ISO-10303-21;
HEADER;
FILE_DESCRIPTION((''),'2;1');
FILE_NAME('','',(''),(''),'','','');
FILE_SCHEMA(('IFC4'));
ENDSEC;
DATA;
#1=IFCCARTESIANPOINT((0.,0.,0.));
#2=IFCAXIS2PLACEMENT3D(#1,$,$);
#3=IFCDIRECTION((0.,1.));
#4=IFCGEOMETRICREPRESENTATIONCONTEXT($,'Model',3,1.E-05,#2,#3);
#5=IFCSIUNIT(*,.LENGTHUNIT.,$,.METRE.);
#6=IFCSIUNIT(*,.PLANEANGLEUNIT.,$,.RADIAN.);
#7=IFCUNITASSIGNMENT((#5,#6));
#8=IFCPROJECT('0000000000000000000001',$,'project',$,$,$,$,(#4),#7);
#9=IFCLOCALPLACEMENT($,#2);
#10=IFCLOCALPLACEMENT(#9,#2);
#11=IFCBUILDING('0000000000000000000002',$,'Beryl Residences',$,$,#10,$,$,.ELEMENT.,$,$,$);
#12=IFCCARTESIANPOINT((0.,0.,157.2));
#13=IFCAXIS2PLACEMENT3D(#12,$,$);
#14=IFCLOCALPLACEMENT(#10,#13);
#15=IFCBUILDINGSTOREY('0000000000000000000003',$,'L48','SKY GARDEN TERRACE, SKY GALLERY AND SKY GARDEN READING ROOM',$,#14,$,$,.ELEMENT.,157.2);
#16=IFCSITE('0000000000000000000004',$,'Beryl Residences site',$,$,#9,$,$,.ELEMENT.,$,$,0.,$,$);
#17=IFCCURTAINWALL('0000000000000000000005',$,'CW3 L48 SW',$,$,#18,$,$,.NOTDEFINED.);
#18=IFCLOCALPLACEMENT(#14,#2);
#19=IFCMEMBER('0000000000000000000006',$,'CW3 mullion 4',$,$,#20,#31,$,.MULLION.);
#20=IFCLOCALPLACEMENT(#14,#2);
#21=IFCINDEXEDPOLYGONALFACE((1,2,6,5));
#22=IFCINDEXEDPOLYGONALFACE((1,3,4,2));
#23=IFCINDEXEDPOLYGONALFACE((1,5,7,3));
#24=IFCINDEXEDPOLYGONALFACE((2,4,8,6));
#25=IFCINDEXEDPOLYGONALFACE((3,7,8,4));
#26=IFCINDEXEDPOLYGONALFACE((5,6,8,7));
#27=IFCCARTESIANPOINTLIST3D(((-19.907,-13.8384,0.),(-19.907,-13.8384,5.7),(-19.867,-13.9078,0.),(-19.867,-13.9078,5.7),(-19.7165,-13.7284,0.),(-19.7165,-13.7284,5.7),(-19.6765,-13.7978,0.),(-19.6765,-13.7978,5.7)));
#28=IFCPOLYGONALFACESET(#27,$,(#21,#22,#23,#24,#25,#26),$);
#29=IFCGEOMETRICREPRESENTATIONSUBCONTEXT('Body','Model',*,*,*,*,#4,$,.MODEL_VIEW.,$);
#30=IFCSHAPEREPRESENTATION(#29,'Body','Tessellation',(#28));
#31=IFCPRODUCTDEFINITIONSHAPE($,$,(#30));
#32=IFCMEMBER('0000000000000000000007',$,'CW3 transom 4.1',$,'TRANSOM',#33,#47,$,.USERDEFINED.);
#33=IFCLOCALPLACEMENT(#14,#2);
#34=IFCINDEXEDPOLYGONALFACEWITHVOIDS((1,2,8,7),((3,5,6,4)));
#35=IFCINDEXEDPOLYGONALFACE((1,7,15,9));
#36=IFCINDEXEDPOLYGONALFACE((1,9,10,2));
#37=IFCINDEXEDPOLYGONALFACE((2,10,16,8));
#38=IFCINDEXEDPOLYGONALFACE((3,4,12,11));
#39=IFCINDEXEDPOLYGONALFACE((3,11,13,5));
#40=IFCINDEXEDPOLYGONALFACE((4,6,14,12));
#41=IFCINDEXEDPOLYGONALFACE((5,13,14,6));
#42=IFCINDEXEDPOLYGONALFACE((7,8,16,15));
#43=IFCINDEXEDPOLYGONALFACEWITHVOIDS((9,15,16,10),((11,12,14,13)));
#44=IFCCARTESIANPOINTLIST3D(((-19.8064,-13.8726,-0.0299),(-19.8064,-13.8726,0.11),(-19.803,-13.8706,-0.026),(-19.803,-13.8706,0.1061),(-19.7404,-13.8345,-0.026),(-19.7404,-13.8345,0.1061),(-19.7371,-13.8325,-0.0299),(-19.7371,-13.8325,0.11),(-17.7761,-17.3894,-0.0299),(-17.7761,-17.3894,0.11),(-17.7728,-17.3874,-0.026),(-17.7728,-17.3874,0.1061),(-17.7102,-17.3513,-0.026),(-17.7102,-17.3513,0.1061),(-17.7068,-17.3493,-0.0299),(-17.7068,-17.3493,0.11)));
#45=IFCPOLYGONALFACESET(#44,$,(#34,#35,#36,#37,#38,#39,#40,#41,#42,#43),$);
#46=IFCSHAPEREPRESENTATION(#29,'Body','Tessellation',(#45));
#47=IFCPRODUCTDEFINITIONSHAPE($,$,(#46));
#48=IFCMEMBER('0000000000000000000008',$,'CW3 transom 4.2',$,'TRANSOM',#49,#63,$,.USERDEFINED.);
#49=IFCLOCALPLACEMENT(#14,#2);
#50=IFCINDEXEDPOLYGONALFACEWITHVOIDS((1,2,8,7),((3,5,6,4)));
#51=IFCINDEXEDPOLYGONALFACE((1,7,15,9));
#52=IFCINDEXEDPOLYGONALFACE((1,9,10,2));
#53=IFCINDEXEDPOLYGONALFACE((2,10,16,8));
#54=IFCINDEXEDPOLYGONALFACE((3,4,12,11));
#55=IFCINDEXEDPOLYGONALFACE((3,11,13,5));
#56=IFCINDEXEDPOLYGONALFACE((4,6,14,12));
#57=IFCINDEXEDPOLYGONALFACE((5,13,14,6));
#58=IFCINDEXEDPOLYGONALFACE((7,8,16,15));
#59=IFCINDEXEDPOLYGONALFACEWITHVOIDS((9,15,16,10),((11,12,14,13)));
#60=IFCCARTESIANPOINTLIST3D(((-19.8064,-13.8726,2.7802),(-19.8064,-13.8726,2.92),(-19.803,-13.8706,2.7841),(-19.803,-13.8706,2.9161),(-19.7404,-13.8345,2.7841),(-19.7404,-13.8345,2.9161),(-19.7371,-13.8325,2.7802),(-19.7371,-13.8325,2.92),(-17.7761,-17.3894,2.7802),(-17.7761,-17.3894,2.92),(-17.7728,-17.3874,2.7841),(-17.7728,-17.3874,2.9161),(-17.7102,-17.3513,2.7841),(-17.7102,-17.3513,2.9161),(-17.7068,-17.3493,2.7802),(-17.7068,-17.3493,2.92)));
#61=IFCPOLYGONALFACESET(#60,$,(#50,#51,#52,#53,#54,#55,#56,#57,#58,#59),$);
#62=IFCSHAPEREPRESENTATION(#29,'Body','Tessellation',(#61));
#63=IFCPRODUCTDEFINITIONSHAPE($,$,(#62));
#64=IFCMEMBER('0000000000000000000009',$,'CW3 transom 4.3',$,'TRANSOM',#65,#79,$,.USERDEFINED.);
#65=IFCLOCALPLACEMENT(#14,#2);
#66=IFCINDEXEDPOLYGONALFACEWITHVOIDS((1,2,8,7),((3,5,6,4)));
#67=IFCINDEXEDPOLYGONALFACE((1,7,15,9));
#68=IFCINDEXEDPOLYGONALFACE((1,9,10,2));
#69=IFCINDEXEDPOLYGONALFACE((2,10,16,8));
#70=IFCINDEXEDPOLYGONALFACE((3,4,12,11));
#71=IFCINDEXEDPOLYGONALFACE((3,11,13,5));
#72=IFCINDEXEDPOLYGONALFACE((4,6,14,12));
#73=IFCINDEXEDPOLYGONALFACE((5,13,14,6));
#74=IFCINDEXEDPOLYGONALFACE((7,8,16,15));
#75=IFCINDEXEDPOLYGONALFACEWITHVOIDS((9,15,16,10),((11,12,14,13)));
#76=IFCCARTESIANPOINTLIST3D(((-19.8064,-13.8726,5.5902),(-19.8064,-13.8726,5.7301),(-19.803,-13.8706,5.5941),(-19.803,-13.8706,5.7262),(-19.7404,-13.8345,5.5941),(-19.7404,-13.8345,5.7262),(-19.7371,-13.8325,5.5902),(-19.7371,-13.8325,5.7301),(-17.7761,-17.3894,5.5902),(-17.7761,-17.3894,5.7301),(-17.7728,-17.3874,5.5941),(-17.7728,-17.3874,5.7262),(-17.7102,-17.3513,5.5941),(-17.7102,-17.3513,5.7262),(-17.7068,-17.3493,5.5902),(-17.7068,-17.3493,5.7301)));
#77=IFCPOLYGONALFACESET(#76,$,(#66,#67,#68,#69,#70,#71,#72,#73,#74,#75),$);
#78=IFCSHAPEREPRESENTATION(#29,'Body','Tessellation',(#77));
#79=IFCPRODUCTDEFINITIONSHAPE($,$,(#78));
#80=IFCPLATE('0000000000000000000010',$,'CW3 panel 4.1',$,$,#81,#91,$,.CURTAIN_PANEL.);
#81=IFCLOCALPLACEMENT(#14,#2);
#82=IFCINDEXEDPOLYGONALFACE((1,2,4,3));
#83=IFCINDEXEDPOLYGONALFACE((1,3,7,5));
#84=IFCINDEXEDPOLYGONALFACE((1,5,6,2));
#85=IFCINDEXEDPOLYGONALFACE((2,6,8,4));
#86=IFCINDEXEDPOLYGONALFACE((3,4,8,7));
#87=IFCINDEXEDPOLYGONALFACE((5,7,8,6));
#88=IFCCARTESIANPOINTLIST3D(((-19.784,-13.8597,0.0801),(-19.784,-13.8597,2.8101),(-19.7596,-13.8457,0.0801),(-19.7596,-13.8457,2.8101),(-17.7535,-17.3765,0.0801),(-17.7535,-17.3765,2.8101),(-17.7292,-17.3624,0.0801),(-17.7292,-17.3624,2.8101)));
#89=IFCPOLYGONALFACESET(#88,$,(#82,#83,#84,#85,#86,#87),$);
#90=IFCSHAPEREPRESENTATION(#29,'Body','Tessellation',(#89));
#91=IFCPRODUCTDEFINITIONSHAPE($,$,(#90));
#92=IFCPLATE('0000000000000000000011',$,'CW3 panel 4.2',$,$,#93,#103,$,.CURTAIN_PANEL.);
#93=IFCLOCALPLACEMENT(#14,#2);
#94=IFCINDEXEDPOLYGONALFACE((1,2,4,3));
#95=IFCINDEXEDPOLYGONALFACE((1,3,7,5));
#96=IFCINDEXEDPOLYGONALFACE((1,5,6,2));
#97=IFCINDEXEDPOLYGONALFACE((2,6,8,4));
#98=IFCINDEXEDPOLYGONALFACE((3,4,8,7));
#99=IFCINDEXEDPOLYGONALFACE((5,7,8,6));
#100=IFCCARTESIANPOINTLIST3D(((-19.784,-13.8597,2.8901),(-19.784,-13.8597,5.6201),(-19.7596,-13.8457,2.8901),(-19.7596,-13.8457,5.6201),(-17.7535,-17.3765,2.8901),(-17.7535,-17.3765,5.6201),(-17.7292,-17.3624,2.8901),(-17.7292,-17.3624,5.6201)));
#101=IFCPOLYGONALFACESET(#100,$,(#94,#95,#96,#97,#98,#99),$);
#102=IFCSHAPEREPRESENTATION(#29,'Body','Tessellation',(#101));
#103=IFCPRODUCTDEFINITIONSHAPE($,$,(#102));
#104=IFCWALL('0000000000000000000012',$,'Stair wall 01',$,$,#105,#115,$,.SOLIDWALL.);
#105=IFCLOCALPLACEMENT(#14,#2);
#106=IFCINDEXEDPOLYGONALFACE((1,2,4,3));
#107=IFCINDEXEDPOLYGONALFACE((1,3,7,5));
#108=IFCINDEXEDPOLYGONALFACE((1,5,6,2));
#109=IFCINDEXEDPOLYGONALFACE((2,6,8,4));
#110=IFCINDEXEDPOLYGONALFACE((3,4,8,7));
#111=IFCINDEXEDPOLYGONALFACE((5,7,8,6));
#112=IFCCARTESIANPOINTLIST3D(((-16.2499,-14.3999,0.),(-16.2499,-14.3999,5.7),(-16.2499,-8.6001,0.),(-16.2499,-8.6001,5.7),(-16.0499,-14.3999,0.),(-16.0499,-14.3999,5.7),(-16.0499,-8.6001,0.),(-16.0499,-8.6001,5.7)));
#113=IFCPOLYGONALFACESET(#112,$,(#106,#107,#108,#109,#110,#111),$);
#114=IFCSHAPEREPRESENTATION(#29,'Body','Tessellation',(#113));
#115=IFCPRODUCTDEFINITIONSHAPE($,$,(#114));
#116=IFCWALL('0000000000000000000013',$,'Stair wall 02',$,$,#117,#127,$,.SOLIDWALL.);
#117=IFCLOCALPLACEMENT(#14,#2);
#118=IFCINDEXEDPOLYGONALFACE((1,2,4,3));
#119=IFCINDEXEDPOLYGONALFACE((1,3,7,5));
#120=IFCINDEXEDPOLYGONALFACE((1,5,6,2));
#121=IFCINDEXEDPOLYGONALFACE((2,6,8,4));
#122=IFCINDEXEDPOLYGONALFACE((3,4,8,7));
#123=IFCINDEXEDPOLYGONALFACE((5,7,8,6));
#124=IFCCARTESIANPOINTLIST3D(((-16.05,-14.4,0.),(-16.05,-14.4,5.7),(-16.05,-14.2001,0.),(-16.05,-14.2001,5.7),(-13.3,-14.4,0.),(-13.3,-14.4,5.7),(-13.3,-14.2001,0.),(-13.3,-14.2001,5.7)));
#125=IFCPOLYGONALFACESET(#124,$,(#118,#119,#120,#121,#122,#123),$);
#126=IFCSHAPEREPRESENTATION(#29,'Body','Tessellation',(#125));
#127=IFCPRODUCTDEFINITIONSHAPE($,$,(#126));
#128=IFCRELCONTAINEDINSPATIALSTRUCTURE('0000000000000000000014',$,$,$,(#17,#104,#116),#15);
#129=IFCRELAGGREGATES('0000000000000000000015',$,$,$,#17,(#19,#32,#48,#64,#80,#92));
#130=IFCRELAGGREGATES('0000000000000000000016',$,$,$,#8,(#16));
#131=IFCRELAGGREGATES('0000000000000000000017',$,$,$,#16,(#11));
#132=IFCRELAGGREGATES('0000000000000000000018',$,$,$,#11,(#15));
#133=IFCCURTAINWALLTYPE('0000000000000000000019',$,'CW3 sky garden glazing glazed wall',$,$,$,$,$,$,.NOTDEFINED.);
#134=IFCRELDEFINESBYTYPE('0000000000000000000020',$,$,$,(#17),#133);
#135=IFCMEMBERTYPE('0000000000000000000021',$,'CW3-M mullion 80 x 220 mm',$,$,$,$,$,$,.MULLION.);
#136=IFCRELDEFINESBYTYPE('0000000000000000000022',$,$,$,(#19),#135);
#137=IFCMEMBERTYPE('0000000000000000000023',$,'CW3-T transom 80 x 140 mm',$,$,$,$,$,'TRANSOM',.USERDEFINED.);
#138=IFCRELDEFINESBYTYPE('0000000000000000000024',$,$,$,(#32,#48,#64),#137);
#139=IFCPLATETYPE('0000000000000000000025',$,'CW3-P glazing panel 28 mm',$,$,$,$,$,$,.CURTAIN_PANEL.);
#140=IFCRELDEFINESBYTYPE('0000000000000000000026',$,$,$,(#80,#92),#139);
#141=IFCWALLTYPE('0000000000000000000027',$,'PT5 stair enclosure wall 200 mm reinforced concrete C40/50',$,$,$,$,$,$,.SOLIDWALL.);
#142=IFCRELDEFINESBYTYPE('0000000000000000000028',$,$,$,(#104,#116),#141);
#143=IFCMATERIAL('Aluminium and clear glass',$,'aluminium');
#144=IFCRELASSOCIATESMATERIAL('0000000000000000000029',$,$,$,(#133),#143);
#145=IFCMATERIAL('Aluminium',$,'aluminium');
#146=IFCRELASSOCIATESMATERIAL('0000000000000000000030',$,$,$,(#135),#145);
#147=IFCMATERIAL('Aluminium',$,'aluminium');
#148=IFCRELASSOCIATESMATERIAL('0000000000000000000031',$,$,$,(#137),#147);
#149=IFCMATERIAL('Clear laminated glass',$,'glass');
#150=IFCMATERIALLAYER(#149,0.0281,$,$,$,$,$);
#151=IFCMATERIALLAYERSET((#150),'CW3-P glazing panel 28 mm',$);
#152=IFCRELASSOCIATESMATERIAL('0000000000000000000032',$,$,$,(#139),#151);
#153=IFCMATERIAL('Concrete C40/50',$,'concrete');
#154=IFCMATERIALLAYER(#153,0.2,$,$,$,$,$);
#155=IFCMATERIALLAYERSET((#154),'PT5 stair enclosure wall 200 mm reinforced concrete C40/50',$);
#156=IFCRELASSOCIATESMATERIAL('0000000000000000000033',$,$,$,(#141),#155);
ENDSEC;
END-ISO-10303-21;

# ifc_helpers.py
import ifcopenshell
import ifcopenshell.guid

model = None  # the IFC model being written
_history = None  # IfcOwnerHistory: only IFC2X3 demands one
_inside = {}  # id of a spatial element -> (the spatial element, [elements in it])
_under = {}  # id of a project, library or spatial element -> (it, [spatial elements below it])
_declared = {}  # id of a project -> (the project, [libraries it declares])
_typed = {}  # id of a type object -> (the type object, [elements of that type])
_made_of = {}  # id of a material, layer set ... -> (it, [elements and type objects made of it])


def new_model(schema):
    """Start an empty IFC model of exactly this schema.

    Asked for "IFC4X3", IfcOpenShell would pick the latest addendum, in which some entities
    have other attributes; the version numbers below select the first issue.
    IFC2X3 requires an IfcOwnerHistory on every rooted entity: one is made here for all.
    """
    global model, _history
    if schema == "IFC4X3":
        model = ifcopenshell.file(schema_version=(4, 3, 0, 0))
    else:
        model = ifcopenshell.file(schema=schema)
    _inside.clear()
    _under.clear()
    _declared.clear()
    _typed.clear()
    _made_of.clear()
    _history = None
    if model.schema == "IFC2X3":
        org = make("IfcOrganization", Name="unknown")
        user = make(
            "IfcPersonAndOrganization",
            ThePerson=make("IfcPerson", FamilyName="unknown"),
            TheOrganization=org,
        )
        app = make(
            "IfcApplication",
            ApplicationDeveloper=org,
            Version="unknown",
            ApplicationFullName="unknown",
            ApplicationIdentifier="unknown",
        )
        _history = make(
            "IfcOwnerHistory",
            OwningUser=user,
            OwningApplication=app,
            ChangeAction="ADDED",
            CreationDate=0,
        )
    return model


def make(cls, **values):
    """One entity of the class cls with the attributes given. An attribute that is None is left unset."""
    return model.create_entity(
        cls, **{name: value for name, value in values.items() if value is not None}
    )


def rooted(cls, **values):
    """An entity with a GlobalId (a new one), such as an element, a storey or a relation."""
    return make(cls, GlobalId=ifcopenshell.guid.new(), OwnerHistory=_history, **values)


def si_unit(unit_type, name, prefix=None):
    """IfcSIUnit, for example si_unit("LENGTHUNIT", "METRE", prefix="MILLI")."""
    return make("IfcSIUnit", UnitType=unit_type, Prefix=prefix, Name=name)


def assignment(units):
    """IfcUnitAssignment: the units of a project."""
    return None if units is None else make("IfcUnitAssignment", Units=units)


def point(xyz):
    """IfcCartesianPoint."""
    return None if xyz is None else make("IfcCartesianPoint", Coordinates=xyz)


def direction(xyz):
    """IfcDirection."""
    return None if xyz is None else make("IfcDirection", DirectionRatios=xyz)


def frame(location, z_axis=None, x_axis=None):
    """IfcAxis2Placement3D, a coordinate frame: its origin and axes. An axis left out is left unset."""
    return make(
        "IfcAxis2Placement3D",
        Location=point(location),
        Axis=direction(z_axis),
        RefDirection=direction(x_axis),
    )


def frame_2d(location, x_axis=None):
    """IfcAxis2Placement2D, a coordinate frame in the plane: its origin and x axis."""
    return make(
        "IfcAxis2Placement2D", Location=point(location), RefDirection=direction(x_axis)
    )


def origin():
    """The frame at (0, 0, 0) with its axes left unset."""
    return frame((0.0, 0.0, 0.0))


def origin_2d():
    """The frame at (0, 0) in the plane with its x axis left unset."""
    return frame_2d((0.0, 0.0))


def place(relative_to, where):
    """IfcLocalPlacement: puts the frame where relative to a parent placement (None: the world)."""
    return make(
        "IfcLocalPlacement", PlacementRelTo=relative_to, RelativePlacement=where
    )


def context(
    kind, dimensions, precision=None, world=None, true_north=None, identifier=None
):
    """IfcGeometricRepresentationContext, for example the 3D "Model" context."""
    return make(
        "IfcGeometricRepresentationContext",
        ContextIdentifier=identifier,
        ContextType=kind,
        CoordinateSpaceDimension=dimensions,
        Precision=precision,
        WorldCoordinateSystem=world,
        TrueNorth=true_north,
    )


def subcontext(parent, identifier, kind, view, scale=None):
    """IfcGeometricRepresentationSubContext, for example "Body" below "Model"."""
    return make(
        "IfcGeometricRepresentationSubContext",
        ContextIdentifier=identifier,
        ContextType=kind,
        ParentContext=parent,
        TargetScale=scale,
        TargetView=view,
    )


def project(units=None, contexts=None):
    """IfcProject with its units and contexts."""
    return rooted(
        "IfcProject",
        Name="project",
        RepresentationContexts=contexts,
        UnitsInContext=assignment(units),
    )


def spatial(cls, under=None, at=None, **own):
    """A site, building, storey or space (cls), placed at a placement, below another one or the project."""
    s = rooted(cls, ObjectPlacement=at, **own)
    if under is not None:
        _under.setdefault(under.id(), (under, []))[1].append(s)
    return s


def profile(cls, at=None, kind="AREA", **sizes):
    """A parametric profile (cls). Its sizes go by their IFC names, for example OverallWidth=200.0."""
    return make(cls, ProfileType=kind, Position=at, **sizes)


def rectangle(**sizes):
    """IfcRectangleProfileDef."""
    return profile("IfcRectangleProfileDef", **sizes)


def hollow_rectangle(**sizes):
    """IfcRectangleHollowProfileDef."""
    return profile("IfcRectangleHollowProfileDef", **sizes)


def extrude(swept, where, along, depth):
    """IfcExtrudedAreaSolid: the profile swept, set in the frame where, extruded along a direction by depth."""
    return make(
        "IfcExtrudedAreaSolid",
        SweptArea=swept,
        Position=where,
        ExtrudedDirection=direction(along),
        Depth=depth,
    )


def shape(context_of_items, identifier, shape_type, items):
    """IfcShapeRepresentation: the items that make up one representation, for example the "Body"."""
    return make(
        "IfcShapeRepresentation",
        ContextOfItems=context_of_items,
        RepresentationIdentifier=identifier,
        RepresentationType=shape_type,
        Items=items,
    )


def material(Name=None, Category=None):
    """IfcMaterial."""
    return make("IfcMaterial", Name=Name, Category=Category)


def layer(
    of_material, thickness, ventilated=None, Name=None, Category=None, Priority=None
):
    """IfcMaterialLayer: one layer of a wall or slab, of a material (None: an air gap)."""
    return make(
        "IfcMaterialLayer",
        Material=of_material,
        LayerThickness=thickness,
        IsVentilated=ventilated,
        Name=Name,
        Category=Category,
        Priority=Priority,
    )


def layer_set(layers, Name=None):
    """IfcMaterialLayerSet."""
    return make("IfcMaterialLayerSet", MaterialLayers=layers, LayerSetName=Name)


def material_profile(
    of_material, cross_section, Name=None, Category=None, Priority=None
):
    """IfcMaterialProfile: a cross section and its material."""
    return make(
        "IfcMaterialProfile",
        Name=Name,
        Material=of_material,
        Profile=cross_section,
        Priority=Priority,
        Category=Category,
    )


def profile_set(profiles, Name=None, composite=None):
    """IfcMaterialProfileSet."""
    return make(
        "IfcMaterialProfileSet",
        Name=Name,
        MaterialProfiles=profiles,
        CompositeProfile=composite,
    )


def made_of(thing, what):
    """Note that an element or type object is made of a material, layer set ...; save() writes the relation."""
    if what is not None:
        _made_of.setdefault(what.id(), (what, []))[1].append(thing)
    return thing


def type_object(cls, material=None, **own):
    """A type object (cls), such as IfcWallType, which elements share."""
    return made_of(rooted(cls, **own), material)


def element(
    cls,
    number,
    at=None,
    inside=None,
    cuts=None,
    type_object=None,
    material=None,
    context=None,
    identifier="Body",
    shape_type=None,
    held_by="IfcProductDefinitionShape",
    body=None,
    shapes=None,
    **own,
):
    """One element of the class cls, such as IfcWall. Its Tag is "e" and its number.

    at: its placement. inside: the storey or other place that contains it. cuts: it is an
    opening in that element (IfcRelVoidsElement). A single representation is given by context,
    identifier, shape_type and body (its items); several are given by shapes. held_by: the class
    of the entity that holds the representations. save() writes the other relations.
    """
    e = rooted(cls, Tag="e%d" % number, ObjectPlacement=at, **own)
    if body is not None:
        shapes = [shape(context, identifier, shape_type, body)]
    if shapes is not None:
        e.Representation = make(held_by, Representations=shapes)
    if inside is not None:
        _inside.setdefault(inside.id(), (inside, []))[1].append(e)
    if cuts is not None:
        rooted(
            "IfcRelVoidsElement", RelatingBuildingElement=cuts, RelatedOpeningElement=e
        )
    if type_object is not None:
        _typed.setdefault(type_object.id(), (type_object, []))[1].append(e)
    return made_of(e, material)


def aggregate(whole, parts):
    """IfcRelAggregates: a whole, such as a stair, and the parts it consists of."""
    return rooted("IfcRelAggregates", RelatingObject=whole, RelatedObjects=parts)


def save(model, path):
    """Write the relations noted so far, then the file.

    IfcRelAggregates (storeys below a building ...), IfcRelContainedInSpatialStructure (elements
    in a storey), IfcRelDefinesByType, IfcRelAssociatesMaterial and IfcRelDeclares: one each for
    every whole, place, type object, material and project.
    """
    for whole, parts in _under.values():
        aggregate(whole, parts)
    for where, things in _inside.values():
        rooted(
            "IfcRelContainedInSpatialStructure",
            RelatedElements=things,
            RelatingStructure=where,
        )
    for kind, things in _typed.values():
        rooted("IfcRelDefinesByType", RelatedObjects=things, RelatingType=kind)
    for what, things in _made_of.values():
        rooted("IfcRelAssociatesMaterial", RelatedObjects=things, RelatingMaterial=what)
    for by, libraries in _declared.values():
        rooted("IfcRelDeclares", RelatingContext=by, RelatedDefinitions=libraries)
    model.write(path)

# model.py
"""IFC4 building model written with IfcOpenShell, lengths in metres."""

from ifc_helpers import new_model, si_unit, direction, frame, frame_2d, origin, origin_2d, place, context, subcontext, project, spatial, rectangle, hollow_rectangle, extrude, material, layer, layer_set, material_profile, profile_set, type_object, element, aggregate, save


model = new_model("IFC4")

# Units and contexts
model_context = context("Model", 3, precision=1e-05, world=origin(), true_north=direction((0.0, 1.0)))
body_context = subcontext(model_context, "Body", "Model", "MODEL_VIEW")
ifc_project = project(units=[si_unit("LENGTHUNIT", "METRE"), si_unit("PLANEANGLEUNIT", "RADIAN")], contexts=[model_context])

# Site, building, storey
site_placement = place(None, origin())
site = spatial("IfcSite", under=ifc_project, at=site_placement, Name="Beryl Residences site", CompositionType="ELEMENT", RefElevation=0.0)
building_placement = place(site_placement, origin())
building = spatial("IfcBuilding", under=site, at=building_placement, Name="Beryl Residences", CompositionType="ELEMENT")
storey_placement = place(building_placement, frame((0.0, 0.0, 157.2)))
storey = spatial("IfcBuildingStorey", under=building, at=storey_placement, Name="L48", Description="SKY GARDEN TERRACE, SKY GALLERY AND SKY GARDEN READING ROOM", CompositionType="ELEMENT", Elevation=157.2)

# Curtain wall, members, plates
ifc_material_1 = material(Name="Aluminium and clear glass", Category="aluminium")
curtain_wall_type = type_object("IfcCurtainWallType", Name="CW3 sky garden glazing glazed wall", PredefinedType="NOTDEFINED", material=ifc_material_1)
curtain_wall_placement = place(storey_placement, origin())
curtain_wall = element("IfcCurtainWall", 1, at=curtain_wall_placement, inside=storey, type_object=curtain_wall_type, Name="CW3 L48 SW", PredefinedType="NOTDEFINED")
ifc_material_2 = material(Name="Aluminium", Category="aluminium")
ifc_material_profile_1 = material_profile(ifc_material_2, rectangle(XDim=0.0801, YDim=0.22, at=origin_2d()))
ifc_profile_set_1 = profile_set([ifc_material_profile_1], Name="Aluminium")
member_type_1 = type_object("IfcMemberType", Name="CW3-M mullion 80 x 220 mm", PredefinedType="MULLION", material=ifc_profile_set_1)
member_1_placement = place(storey_placement, frame((-19.7917, -13.8181, 0.0), z_axis=(0.0, 0.0, 1.0), x_axis=(0.500004, -0.866023, 0.0)))
member_1 = element("IfcMember", 2, at=member_1_placement, type_object=member_type_1, Name="CW3 mullion 4", PredefinedType="MULLION", context=body_context, shape_type="SweptSolid", body=[
    extrude(rectangle(XDim=0.0801, YDim=0.22, at=origin_2d()), origin(), (0.0, 0.0, 1.0), 5.7),
])
ifc_material_3 = material(Name="Aluminium", Category="aluminium")
ifc_material_profile_2 = material_profile(ifc_material_3, hollow_rectangle(XDim=0.0801, YDim=0.1399, WallThickness=0.0039, at=origin_2d()))
ifc_profile_set_2 = profile_set([ifc_material_profile_2], Name="Aluminium")
member_type_2 = type_object("IfcMemberType", Name="CW3-T transom 80 x 140 mm", ElementType="TRANSOM", PredefinedType="USERDEFINED", material=ifc_profile_set_2)
member_2_placement = place(storey_placement, frame((-19.7717, -13.8525, 0.04), z_axis=(0.499967, -0.866044, 0.0), x_axis=(0.866044, 0.499967, 0.0)))
member_2 = element("IfcMember", 3, at=member_2_placement, type_object=member_type_2, Name="CW3 transom 4.1", ObjectType="TRANSOM", PredefinedType="USERDEFINED", context=body_context, shape_type="SweptSolid", body=[
    extrude(hollow_rectangle(XDim=0.0801, YDim=0.1399, WallThickness=0.0039, at=origin_2d()), origin(), (0.0, 0.0, 1.0), 4.0608),
])
member_3_placement = place(storey_placement, frame((-19.7717, -13.8525, 2.8501), z_axis=(0.499967, -0.866044, 0.0), x_axis=(0.866044, 0.499967, 0.0)))
member_3 = element("IfcMember", 4, at=member_3_placement, type_object=member_type_2, Name="CW3 transom 4.2", ObjectType="TRANSOM", PredefinedType="USERDEFINED", context=body_context, shape_type="SweptSolid", body=[
    extrude(hollow_rectangle(XDim=0.0801, YDim=0.1399, WallThickness=0.0039, at=origin_2d()), origin(), (0.0, 0.0, 1.0), 4.0608),
])
member_4_placement = place(storey_placement, frame((-19.7717, -13.8525, 5.6602), z_axis=(0.499967, -0.866044, 0.0), x_axis=(0.866044, 0.499967, 0.0)))
member_4 = element("IfcMember", 5, at=member_4_placement, type_object=member_type_2, Name="CW3 transom 4.3", ObjectType="TRANSOM", PredefinedType="USERDEFINED", context=body_context, shape_type="SweptSolid", body=[
    extrude(hollow_rectangle(XDim=0.0801, YDim=0.1399, WallThickness=0.0039, at=origin_2d()), origin(), (0.0, 0.0, 1.0), 4.0608),
])
ifc_material_4 = material(Name="Clear laminated glass", Category="glass")
ifc_layer_1 = layer(ifc_material_4, 0.0281)
ifc_layer_set_1 = layer_set([ifc_layer_1], Name="CW3-P glazing panel 28 mm")
plate_type = type_object("IfcPlateType", Name="CW3-P glazing panel 28 mm", PredefinedType="CURTAIN_PANEL", material=ifc_layer_set_1)
plate_1_placement = place(storey_placement, frame((-18.7566, -15.6111, 0.0801), z_axis=(0.0, 0.0, 1.0), x_axis=(0.500004, -0.866023, 0.0)))
plate_1 = element("IfcPlate", 6, at=plate_1_placement, type_object=plate_type, Name="CW3 panel 4.1", PredefinedType="CURTAIN_PANEL", context=body_context, shape_type="SweptSolid", body=[
    extrude(rectangle(XDim=4.0608, YDim=0.0281, at=origin_2d()), origin(), (0.0, 0.0, 1.0), 2.73),
])
plate_2_placement = place(storey_placement, frame((-18.7566, -15.6111, 2.8901), z_axis=(0.0, 0.0, 1.0), x_axis=(0.500004, -0.866023, 0.0)))
plate_2 = element("IfcPlate", 7, at=plate_2_placement, type_object=plate_type, Name="CW3 panel 4.2", PredefinedType="CURTAIN_PANEL", context=body_context, shape_type="SweptSolid", body=[
    extrude(rectangle(XDim=4.0608, YDim=0.0281, at=origin_2d()), origin(), (0.0, 0.0, 1.0), 2.73),
])
aggregate(curtain_wall, [member_1, member_2, member_3, member_4, plate_1, plate_2])

# Walls
ifc_material_5 = material(Name="Concrete C40/50", Category="concrete")
ifc_layer_2 = layer(ifc_material_5, 0.2)
ifc_layer_set_2 = layer_set([ifc_layer_2], Name="PT5 stair enclosure wall 200 mm reinforced concrete C40/50")
wall_type_1 = type_object("IfcWallType", Name="PT5 stair enclosure wall 200 mm reinforced concrete C40/50", PredefinedType="SOLIDWALL", material=ifc_layer_set_2)
wall_1_placement = place(storey_placement, frame((-16.1499, -14.3999, 0.0), z_axis=(0.0, 0.0, 1.0), x_axis=(0.0, 1.0, 0.0)))
element("IfcWall", 8, at=wall_1_placement, inside=storey, type_object=wall_type_1, Name="Stair wall 01", PredefinedType="SOLIDWALL", context=body_context, shape_type="SweptSolid", body=[
    extrude(rectangle(XDim=5.7998, YDim=0.2, at=frame_2d((2.8999, 0.0))), origin(), (0.0, 0.0, 1.0), 5.7),
])
wall_2_placement = place(storey_placement, frame((-16.05, -14.3, 0.0), z_axis=(0.0, 0.0, 1.0), x_axis=(1.0, 0.0, 0.0)))
element("IfcWall", 9, at=wall_2_placement, inside=storey, type_object=wall_type_1, Name="Stair wall 02", PredefinedType="SOLIDWALL", context=body_context, shape_type="SweptSolid", body=[
    extrude(rectangle(XDim=2.75, YDim=0.2, at=frame_2d((1.375, 0.0))), origin(), (0.0, 0.0, 1.0), 5.7),
])

save(model, "model.ifc")
